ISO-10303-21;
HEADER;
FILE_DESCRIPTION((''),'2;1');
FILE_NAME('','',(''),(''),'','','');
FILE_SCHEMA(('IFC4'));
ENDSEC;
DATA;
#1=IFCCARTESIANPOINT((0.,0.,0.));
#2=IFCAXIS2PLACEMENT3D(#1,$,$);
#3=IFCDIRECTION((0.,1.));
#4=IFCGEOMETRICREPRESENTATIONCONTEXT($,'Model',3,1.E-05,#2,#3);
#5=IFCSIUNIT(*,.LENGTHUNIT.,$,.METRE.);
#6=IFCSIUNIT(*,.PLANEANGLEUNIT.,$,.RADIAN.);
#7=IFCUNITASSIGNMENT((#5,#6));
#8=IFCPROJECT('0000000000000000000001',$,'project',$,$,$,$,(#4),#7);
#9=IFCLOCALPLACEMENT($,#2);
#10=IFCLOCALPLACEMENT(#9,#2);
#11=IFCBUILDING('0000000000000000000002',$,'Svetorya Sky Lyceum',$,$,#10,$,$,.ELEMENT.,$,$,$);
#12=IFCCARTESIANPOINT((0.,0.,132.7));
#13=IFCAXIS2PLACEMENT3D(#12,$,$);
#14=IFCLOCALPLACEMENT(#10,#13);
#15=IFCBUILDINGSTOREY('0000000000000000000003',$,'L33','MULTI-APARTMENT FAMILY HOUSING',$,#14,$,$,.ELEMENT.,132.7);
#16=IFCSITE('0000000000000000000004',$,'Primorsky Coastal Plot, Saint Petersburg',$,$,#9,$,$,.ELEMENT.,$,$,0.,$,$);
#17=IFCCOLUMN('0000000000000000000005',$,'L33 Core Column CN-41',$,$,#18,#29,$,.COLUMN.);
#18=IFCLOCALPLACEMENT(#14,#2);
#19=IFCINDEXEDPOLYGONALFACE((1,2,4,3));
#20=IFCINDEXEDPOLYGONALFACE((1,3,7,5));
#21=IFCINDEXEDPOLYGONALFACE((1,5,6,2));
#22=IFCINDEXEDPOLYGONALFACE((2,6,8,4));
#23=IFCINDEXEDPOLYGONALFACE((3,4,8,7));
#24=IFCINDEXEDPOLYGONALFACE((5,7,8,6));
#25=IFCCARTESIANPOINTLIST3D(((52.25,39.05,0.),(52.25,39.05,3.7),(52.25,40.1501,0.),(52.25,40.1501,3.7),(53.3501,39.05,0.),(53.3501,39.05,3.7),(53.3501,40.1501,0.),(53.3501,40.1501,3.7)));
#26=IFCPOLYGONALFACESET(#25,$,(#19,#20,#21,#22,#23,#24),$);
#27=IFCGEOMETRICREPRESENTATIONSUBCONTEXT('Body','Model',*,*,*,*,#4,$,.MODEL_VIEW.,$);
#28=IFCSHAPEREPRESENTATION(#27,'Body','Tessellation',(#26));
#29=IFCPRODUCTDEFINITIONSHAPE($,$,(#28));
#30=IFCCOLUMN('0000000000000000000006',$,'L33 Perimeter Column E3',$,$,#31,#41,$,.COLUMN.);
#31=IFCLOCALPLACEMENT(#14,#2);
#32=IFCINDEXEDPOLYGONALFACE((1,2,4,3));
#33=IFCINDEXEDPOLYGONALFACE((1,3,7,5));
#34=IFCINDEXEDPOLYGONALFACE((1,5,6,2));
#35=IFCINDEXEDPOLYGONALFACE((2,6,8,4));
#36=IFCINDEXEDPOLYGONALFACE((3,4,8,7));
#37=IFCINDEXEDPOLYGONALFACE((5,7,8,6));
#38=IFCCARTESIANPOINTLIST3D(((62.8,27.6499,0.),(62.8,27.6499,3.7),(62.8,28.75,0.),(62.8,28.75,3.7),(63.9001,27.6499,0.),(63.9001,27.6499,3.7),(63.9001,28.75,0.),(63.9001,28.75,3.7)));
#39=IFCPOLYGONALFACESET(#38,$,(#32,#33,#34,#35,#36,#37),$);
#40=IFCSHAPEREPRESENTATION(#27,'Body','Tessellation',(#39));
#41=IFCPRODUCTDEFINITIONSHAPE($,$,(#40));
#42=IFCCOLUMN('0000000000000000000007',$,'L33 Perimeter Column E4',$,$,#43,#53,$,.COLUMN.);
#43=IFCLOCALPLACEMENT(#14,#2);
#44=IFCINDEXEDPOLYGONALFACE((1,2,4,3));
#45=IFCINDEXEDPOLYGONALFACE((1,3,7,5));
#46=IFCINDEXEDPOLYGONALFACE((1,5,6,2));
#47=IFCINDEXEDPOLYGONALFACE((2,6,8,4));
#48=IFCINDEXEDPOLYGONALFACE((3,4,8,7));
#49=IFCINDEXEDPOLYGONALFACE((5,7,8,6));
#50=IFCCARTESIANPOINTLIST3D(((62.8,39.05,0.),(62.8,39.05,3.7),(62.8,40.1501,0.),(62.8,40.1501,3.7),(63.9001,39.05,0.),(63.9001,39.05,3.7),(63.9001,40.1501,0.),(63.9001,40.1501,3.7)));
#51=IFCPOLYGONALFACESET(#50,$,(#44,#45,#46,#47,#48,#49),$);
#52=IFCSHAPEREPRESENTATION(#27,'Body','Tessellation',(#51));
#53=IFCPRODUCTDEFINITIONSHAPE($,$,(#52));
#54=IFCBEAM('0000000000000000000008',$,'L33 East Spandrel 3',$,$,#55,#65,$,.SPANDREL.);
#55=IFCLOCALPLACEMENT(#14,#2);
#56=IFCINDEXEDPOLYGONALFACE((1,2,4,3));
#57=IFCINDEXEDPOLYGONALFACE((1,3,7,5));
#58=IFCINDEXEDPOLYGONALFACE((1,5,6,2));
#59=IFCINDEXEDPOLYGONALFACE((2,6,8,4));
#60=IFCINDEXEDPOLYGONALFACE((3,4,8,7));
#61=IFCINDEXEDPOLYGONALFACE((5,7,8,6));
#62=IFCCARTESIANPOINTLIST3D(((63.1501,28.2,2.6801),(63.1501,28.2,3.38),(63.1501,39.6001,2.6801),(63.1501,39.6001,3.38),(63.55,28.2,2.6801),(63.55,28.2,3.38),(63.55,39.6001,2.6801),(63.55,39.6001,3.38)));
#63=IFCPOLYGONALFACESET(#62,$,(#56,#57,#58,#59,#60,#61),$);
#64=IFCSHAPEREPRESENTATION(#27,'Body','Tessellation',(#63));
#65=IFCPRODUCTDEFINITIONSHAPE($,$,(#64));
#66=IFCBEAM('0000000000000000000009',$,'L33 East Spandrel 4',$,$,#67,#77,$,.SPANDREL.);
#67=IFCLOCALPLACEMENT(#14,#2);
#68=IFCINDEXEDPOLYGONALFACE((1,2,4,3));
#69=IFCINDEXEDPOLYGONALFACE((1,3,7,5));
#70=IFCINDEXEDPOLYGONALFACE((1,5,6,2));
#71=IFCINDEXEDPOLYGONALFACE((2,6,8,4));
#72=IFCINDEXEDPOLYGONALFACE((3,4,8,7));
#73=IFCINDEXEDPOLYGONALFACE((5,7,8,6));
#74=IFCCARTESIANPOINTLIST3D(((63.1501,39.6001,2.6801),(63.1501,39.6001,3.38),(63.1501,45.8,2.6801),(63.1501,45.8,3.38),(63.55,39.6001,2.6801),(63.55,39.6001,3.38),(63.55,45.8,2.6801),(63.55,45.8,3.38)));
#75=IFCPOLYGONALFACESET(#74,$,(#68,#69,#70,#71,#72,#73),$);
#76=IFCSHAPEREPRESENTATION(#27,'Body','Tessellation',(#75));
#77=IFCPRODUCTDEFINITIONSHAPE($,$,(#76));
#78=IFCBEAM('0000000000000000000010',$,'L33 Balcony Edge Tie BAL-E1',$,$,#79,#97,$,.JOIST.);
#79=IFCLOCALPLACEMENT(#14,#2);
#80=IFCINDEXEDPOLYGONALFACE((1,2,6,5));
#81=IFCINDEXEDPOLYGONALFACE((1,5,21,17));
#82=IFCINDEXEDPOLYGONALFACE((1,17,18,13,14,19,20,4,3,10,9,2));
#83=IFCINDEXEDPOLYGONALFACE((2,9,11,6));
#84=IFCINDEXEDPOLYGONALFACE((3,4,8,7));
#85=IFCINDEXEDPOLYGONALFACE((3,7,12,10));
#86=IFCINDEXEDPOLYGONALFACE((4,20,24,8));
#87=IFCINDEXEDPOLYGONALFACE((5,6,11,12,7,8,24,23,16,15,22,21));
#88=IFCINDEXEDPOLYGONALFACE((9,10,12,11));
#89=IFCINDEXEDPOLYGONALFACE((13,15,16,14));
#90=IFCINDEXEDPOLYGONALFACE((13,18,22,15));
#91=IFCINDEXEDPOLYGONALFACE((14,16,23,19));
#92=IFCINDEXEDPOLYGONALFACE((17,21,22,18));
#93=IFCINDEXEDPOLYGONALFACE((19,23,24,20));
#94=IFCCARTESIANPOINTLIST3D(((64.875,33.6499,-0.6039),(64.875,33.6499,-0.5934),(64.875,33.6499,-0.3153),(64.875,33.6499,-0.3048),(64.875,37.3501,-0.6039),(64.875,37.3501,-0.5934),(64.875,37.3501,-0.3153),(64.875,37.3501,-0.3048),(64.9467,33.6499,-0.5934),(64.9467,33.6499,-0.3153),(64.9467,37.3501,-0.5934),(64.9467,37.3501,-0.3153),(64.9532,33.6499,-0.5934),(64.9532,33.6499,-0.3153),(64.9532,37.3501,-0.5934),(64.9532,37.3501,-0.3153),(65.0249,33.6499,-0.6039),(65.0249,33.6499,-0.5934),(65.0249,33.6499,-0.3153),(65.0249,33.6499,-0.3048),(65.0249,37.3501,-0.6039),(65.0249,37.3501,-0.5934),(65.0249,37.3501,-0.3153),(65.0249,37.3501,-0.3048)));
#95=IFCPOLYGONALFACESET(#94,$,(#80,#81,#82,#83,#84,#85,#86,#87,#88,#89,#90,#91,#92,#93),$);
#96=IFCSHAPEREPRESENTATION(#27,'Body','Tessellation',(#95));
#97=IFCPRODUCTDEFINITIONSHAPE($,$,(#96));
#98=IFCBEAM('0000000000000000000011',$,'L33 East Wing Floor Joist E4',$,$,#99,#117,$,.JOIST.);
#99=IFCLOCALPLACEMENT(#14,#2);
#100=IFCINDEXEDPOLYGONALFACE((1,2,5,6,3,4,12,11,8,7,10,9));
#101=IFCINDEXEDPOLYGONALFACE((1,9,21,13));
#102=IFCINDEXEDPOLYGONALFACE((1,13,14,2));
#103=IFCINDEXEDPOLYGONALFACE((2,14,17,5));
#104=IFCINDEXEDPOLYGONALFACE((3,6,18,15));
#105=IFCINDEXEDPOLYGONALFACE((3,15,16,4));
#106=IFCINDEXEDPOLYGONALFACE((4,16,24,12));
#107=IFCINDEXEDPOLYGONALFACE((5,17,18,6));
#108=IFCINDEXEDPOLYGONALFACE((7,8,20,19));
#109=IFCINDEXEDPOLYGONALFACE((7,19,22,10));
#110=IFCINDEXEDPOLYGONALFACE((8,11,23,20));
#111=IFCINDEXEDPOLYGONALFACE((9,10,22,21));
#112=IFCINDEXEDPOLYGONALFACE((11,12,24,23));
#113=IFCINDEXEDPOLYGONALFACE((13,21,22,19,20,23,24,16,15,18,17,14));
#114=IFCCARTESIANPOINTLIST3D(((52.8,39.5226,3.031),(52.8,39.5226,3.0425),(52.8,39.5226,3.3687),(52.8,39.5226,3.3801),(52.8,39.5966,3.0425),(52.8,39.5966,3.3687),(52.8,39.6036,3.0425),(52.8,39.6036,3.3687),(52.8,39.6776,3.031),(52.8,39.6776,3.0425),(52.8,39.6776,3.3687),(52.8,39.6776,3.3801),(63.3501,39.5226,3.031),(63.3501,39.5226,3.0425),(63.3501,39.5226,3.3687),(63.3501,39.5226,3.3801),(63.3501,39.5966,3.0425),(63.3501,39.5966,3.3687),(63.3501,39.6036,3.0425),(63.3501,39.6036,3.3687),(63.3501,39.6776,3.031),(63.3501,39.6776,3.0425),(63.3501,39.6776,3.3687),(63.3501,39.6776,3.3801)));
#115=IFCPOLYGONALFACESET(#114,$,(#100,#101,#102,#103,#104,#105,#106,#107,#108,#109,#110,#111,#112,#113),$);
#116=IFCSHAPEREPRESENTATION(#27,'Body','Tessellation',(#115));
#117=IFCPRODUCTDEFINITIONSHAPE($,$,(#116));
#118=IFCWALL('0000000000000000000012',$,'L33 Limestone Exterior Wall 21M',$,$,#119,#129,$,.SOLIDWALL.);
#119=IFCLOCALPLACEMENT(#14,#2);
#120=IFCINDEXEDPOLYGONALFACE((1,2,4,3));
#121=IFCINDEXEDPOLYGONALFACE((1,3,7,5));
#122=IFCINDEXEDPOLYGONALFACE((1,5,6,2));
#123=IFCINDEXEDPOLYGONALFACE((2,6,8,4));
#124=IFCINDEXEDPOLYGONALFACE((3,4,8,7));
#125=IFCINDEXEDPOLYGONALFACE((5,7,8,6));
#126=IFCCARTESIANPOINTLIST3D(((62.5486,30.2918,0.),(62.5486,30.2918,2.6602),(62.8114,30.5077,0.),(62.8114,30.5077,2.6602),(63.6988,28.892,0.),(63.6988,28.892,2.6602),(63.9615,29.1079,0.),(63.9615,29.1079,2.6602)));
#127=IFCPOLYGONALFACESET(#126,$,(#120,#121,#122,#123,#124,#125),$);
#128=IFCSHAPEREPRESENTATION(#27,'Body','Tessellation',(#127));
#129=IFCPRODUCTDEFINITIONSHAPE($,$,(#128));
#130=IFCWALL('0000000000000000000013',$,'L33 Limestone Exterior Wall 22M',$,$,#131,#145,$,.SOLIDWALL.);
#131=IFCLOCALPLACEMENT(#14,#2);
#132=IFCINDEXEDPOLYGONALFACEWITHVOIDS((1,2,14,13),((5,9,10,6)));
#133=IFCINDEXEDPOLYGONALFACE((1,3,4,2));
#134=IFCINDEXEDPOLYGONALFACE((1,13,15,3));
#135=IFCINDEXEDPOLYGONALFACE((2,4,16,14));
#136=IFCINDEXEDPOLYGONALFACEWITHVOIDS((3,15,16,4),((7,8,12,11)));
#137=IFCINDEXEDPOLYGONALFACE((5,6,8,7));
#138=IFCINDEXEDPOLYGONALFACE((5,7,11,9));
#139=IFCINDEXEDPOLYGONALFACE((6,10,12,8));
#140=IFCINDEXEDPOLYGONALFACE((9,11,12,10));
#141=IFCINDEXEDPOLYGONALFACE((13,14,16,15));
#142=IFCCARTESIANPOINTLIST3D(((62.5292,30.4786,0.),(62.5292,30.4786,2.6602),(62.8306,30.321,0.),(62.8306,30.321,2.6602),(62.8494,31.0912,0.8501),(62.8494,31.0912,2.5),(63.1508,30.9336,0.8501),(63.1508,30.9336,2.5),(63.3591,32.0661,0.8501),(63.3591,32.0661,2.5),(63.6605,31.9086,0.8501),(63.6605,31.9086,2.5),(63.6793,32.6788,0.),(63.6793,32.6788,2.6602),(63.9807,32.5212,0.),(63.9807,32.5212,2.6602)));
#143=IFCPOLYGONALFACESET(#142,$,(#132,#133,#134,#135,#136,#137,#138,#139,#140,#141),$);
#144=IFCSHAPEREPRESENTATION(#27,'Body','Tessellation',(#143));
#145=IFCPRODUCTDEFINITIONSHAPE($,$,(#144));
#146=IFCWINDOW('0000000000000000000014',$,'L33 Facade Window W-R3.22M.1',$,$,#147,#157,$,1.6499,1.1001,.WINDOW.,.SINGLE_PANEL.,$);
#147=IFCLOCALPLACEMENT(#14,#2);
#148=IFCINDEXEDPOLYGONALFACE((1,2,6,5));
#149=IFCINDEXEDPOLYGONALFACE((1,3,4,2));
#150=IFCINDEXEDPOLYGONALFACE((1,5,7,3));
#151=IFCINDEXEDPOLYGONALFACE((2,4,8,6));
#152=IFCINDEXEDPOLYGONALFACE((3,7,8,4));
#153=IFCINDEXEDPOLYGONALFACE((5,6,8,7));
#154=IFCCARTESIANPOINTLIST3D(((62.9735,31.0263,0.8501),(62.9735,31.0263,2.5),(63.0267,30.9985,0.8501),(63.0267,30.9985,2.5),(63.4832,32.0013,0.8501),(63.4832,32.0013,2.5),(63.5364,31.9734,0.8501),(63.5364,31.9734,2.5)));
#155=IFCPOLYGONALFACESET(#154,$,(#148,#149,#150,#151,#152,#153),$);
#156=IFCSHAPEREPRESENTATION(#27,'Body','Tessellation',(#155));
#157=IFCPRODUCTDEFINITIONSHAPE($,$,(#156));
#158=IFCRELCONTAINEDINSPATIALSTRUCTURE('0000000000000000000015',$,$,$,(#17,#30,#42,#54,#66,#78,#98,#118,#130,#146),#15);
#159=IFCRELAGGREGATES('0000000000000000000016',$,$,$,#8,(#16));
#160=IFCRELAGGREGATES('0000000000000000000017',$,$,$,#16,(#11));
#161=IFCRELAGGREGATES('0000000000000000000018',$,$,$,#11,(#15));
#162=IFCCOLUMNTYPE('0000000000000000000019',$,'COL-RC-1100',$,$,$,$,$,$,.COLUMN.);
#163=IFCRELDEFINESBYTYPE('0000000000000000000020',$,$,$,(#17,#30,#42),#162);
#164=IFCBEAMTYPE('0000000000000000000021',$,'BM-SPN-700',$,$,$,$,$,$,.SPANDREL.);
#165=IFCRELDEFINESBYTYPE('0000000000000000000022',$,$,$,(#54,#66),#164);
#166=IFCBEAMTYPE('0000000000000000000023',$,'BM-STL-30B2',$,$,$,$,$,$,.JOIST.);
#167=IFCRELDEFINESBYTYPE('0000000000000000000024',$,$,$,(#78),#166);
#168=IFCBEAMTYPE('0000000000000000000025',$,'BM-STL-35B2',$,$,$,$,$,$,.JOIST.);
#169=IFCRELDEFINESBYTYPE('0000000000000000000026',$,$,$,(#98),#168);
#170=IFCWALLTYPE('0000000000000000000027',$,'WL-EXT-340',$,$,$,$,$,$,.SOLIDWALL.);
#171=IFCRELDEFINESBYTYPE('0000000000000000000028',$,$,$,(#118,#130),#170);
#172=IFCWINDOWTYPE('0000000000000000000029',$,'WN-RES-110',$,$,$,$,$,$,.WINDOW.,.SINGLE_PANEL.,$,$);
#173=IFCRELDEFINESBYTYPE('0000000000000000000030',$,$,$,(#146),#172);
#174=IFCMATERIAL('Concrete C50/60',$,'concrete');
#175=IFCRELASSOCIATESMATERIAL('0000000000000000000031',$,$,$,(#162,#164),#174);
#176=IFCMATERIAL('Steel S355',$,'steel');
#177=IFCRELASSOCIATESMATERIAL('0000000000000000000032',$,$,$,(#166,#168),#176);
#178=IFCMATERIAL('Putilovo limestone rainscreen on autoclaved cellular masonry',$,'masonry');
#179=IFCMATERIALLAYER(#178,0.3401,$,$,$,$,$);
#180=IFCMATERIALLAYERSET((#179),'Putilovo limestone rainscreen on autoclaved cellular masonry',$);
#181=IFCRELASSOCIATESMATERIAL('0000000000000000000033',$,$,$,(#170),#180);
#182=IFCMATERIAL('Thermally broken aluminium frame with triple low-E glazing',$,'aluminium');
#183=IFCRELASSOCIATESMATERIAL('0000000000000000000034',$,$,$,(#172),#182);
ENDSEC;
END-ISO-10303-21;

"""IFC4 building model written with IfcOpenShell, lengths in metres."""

from ifc_helpers import new_model, si_unit, direction, frame, frame_2d, origin, origin_2d, place, context, subcontext, project, spatial, rectangle, i_section, extrude, material, layer, layer_set, material_profile, profile_set, type_object, element, fill, save


model = new_model("IFC4")

# Units and contexts
model_context = context("Model", 3, precision=1e-05, world=origin(), true_north=direction((0.0, 1.0)))
body_context = subcontext(model_context, "Body", "Model", "MODEL_VIEW")
ifc_project = project(units=[si_unit("LENGTHUNIT", "METRE"), si_unit("PLANEANGLEUNIT", "RADIAN")], contexts=[model_context])

# Site, building, storey
site_placement = place(None, origin())
site = spatial("IfcSite", under=ifc_project, at=site_placement, Name="Primorsky Coastal Plot, Saint Petersburg", CompositionType="ELEMENT", RefElevation=0.0)
building_placement = place(site_placement, origin())
building = spatial("IfcBuilding", under=site, at=building_placement, Name="Svetorya Sky Lyceum", CompositionType="ELEMENT")
storey_placement = place(building_placement, frame((0.0, 0.0, 132.7)))
storey = spatial("IfcBuildingStorey", under=building, at=storey_placement, Name="L33", Description="MULTI-APARTMENT FAMILY HOUSING", CompositionType="ELEMENT", Elevation=132.7)

# Columns
ifc_material_1 = material(Name="Concrete C50/60", Category="concrete")
ifc_material_profile_1 = material_profile(ifc_material_1, rectangle(XDim=1.1001, YDim=1.1001, at=origin_2d()), Name="RC COL 1100x1100")
ifc_profile_set_1 = profile_set([ifc_material_profile_1], Name="Concrete C50/60")
column_type = type_object("IfcColumnType", Name="COL-RC-1100", PredefinedType="COLUMN", material=ifc_profile_set_1)
for number, where, z_axis, x_axis, name in (
    (1, (52.8, 39.6001, 0.0), (0.0, 0.0, 1.0), (1.0, 0.0, 0.0), "L33 Core Column CN-41"),
    (2, (63.3501, 28.2, 0.0), (0.0, 0.0, 1.0), (1.0, 0.0, 0.0), "L33 Perimeter Column E3"),
    (3, (63.3501, 39.6001, 0.0), (0.0, 0.0, 1.0), (1.0, 0.0, 0.0), "L33 Perimeter Column E4"),
):
    element("IfcColumn", number, at=place(storey_placement, frame(where, z_axis=z_axis, x_axis=x_axis)), inside=storey, type_object=column_type, Name=name, PredefinedType="COLUMN", context=body_context, shape_type="SweptSolid", body=[
        extrude(rectangle(XDim=1.1001, YDim=1.1001, at=origin_2d()), origin(), (0.0, 0.0, 1.0), 3.7),
    ])

# Beams
ifc_material_profile_2 = material_profile(ifc_material_1, rectangle(XDim=0.3999, YDim=0.7, at=origin_2d()), Name="RC SPANDREL 400x700")
ifc_profile_set_2 = profile_set([ifc_material_profile_2], Name="Concrete C50/60")
beam_type_1 = type_object("IfcBeamType", Name="BM-SPN-700", PredefinedType="SPANDREL", material=ifc_profile_set_2)
beam_1_placement = place(storey_placement, frame((63.3501, 28.2, 3.03), z_axis=(0.0, 1.0, 0.0), x_axis=(-1.0, 0.0, 0.0)))
element("IfcBeam", 4, at=beam_1_placement, inside=storey, type_object=beam_type_1, Name="L33 East Spandrel 3", PredefinedType="SPANDREL", context=body_context, shape_type="SweptSolid", body=[
    extrude(rectangle(XDim=0.3999, YDim=0.7, at=origin_2d()), origin(), (0.0, 0.0, 1.0), 11.4001),
])
beam_2_placement = place(storey_placement, frame((63.3501, 39.6001, 3.03), z_axis=(0.0, 1.0, 0.0), x_axis=(-1.0, 0.0, 0.0)))
element("IfcBeam", 5, at=beam_2_placement, inside=storey, type_object=beam_type_1, Name="L33 East Spandrel 4", PredefinedType="SPANDREL", context=body_context, shape_type="SweptSolid", body=[
    extrude(rectangle(XDim=0.3999, YDim=0.7, at=origin_2d()), origin(), (0.0, 0.0, 1.0), 6.2),
])
ifc_material_2 = material(Name="Steel S355", Category="steel")
ifc_material_profile_3 = material_profile(ifc_material_2, i_section(OverallWidth=0.1499, OverallDepth=0.2991, WebThickness=0.0066, FlangeThickness=0.0105, at=origin_2d()), Name="GOST 30B2")
ifc_profile_set_3 = profile_set([ifc_material_profile_3], Name="Steel S355")
beam_type_2 = type_object("IfcBeamType", Name="BM-STL-30B2", PredefinedType="JOIST", material=ifc_profile_set_3)
beam_3_placement = place(storey_placement, frame((64.95, 33.6499, -0.4543), z_axis=(0.0, 1.0, 0.0), x_axis=(-1.0, 0.0, 0.0)))
element("IfcBeam", 6, at=beam_3_placement, inside=storey, type_object=beam_type_2, Name="L33 Balcony Edge Tie BAL-E1", PredefinedType="JOIST", context=body_context, shape_type="SweptSolid", body=[
    extrude(i_section(OverallWidth=0.1499, OverallDepth=0.2991, WebThickness=0.0066, FlangeThickness=0.0105, at=origin_2d()), origin(), (0.0, 0.0, 1.0), 3.7002),
])
ifc_material_profile_4 = material_profile(ifc_material_2, i_section(OverallWidth=0.155, OverallDepth=0.3491, WebThickness=0.0071, FlangeThickness=0.0115, at=origin_2d()), Name="GOST 35B2")
ifc_profile_set_4 = profile_set([ifc_material_profile_4], Name="Steel S355")
beam_type_3 = type_object("IfcBeamType", Name="BM-STL-35B2", PredefinedType="JOIST", material=ifc_profile_set_4)
beam_4_placement = place(storey_placement, frame((52.8, 39.6001, 3.2056), z_axis=(1.0, 0.0, 0.0), x_axis=(0.0, 1.0, 0.0)))
element("IfcBeam", 7, at=beam_4_placement, inside=storey, type_object=beam_type_3, Name="L33 East Wing Floor Joist E4", PredefinedType="JOIST", context=body_context, shape_type="SweptSolid", body=[
    extrude(i_section(OverallWidth=0.155, OverallDepth=0.3491, WebThickness=0.0071, FlangeThickness=0.0115, at=origin_2d()), origin(), (0.0, 0.0, 1.0), 10.55),
])

# Wall
ifc_material_3 = material(Name="Putilovo limestone rainscreen on autoclaved cellular masonry", Category="masonry")
ifc_layer_1 = layer(ifc_material_3, 0.3401)
ifc_layer_set_1 = layer_set([ifc_layer_1], Name="Putilovo limestone rainscreen on autoclaved cellular masonry")
wall_type_1 = type_object("IfcWallType", Name="WL-EXT-340", PredefinedType="SOLIDWALL", material=ifc_layer_set_1)
wall_1_placement = place(storey_placement, frame((63.8301, 29.0, 0.0), z_axis=(0.0, 0.0, 1.0), x_axis=(-0.634814, 0.772665, 0.0)))
element("IfcWall", 8, at=wall_1_placement, inside=storey, type_object=wall_type_1, Name="L33 Limestone Exterior Wall 21M", PredefinedType="SOLIDWALL", context=body_context, shape_type="SweptSolid", body=[
    extrude(rectangle(XDim=1.8118, YDim=0.3401, at=frame_2d((0.9058, 0.0))), origin(), (0.0, 0.0, 1.0), 2.6602),
])

# Wall, opening, window
wall_2_placement = place(storey_placement, frame((62.6799, 30.3999, 0.0), z_axis=(0.0, 0.0, 1.0), x_axis=(0.463268, 0.886218, 0.0)))
wall_2 = element("IfcWall", 9, at=wall_2_placement, inside=storey, type_object=wall_type_1, Name="L33 Limestone Exterior Wall 22M", PredefinedType="SOLIDWALL", context=body_context, shape_type="SweptSolid", body=[
    extrude(rectangle(XDim=2.4827, YDim=0.3401, at=frame_2d((1.2412, 0.0))), origin(), (0.0, 0.0, 1.0), 2.6602),
])
opening_1_placement = place(wall_2_placement, frame((0.6912, 0.0, 0.8501)))
opening_1 = element("IfcOpeningElement", 10, at=opening_1_placement, cuts=wall_2, PredefinedType="OPENING", context=body_context, shape_type="SweptSolid", body=[
    extrude(rectangle(XDim=1.1001, YDim=1.6499, at=frame_2d((0.55, 0.825))), frame((0.0, 0.1799, 0.0), z_axis=(0.0, -1.0, 0.0), x_axis=(1.0, 0.0, 0.0)), (0.0, 0.0, 1.0), 0.3601),
])
ifc_material_4 = material(Name="Thermally broken aluminium frame with triple low-E glazing", Category="aluminium")
window_type_1 = type_object("IfcWindowType", Name="WN-RES-110", PartitioningType="SINGLE_PANEL", PredefinedType="WINDOW", material=ifc_material_4)
window_1_placement = place(opening_1_placement, origin())
window_1 = element("IfcWindow", 11, at=window_1_placement, inside=storey, type_object=window_type_1, Name="L33 Facade Window W-R3.22M.1", OverallHeight=1.6499, OverallWidth=1.1001, PartitioningType="SINGLE_PANEL", PredefinedType="WINDOW", context=body_context, shape_type="SweptSolid", body=[
    extrude(rectangle(XDim=1.1001, YDim=1.6499, at=frame_2d((0.55, 0.825))), frame((0.0, 0.03, 0.0), z_axis=(0.0, -1.0, 0.0), x_axis=(1.0, 0.0, 0.0)), (0.0, 0.0, 1.0), 0.0601),
])
fill(opening_1, window_1)

save(model, "model.ifc")
